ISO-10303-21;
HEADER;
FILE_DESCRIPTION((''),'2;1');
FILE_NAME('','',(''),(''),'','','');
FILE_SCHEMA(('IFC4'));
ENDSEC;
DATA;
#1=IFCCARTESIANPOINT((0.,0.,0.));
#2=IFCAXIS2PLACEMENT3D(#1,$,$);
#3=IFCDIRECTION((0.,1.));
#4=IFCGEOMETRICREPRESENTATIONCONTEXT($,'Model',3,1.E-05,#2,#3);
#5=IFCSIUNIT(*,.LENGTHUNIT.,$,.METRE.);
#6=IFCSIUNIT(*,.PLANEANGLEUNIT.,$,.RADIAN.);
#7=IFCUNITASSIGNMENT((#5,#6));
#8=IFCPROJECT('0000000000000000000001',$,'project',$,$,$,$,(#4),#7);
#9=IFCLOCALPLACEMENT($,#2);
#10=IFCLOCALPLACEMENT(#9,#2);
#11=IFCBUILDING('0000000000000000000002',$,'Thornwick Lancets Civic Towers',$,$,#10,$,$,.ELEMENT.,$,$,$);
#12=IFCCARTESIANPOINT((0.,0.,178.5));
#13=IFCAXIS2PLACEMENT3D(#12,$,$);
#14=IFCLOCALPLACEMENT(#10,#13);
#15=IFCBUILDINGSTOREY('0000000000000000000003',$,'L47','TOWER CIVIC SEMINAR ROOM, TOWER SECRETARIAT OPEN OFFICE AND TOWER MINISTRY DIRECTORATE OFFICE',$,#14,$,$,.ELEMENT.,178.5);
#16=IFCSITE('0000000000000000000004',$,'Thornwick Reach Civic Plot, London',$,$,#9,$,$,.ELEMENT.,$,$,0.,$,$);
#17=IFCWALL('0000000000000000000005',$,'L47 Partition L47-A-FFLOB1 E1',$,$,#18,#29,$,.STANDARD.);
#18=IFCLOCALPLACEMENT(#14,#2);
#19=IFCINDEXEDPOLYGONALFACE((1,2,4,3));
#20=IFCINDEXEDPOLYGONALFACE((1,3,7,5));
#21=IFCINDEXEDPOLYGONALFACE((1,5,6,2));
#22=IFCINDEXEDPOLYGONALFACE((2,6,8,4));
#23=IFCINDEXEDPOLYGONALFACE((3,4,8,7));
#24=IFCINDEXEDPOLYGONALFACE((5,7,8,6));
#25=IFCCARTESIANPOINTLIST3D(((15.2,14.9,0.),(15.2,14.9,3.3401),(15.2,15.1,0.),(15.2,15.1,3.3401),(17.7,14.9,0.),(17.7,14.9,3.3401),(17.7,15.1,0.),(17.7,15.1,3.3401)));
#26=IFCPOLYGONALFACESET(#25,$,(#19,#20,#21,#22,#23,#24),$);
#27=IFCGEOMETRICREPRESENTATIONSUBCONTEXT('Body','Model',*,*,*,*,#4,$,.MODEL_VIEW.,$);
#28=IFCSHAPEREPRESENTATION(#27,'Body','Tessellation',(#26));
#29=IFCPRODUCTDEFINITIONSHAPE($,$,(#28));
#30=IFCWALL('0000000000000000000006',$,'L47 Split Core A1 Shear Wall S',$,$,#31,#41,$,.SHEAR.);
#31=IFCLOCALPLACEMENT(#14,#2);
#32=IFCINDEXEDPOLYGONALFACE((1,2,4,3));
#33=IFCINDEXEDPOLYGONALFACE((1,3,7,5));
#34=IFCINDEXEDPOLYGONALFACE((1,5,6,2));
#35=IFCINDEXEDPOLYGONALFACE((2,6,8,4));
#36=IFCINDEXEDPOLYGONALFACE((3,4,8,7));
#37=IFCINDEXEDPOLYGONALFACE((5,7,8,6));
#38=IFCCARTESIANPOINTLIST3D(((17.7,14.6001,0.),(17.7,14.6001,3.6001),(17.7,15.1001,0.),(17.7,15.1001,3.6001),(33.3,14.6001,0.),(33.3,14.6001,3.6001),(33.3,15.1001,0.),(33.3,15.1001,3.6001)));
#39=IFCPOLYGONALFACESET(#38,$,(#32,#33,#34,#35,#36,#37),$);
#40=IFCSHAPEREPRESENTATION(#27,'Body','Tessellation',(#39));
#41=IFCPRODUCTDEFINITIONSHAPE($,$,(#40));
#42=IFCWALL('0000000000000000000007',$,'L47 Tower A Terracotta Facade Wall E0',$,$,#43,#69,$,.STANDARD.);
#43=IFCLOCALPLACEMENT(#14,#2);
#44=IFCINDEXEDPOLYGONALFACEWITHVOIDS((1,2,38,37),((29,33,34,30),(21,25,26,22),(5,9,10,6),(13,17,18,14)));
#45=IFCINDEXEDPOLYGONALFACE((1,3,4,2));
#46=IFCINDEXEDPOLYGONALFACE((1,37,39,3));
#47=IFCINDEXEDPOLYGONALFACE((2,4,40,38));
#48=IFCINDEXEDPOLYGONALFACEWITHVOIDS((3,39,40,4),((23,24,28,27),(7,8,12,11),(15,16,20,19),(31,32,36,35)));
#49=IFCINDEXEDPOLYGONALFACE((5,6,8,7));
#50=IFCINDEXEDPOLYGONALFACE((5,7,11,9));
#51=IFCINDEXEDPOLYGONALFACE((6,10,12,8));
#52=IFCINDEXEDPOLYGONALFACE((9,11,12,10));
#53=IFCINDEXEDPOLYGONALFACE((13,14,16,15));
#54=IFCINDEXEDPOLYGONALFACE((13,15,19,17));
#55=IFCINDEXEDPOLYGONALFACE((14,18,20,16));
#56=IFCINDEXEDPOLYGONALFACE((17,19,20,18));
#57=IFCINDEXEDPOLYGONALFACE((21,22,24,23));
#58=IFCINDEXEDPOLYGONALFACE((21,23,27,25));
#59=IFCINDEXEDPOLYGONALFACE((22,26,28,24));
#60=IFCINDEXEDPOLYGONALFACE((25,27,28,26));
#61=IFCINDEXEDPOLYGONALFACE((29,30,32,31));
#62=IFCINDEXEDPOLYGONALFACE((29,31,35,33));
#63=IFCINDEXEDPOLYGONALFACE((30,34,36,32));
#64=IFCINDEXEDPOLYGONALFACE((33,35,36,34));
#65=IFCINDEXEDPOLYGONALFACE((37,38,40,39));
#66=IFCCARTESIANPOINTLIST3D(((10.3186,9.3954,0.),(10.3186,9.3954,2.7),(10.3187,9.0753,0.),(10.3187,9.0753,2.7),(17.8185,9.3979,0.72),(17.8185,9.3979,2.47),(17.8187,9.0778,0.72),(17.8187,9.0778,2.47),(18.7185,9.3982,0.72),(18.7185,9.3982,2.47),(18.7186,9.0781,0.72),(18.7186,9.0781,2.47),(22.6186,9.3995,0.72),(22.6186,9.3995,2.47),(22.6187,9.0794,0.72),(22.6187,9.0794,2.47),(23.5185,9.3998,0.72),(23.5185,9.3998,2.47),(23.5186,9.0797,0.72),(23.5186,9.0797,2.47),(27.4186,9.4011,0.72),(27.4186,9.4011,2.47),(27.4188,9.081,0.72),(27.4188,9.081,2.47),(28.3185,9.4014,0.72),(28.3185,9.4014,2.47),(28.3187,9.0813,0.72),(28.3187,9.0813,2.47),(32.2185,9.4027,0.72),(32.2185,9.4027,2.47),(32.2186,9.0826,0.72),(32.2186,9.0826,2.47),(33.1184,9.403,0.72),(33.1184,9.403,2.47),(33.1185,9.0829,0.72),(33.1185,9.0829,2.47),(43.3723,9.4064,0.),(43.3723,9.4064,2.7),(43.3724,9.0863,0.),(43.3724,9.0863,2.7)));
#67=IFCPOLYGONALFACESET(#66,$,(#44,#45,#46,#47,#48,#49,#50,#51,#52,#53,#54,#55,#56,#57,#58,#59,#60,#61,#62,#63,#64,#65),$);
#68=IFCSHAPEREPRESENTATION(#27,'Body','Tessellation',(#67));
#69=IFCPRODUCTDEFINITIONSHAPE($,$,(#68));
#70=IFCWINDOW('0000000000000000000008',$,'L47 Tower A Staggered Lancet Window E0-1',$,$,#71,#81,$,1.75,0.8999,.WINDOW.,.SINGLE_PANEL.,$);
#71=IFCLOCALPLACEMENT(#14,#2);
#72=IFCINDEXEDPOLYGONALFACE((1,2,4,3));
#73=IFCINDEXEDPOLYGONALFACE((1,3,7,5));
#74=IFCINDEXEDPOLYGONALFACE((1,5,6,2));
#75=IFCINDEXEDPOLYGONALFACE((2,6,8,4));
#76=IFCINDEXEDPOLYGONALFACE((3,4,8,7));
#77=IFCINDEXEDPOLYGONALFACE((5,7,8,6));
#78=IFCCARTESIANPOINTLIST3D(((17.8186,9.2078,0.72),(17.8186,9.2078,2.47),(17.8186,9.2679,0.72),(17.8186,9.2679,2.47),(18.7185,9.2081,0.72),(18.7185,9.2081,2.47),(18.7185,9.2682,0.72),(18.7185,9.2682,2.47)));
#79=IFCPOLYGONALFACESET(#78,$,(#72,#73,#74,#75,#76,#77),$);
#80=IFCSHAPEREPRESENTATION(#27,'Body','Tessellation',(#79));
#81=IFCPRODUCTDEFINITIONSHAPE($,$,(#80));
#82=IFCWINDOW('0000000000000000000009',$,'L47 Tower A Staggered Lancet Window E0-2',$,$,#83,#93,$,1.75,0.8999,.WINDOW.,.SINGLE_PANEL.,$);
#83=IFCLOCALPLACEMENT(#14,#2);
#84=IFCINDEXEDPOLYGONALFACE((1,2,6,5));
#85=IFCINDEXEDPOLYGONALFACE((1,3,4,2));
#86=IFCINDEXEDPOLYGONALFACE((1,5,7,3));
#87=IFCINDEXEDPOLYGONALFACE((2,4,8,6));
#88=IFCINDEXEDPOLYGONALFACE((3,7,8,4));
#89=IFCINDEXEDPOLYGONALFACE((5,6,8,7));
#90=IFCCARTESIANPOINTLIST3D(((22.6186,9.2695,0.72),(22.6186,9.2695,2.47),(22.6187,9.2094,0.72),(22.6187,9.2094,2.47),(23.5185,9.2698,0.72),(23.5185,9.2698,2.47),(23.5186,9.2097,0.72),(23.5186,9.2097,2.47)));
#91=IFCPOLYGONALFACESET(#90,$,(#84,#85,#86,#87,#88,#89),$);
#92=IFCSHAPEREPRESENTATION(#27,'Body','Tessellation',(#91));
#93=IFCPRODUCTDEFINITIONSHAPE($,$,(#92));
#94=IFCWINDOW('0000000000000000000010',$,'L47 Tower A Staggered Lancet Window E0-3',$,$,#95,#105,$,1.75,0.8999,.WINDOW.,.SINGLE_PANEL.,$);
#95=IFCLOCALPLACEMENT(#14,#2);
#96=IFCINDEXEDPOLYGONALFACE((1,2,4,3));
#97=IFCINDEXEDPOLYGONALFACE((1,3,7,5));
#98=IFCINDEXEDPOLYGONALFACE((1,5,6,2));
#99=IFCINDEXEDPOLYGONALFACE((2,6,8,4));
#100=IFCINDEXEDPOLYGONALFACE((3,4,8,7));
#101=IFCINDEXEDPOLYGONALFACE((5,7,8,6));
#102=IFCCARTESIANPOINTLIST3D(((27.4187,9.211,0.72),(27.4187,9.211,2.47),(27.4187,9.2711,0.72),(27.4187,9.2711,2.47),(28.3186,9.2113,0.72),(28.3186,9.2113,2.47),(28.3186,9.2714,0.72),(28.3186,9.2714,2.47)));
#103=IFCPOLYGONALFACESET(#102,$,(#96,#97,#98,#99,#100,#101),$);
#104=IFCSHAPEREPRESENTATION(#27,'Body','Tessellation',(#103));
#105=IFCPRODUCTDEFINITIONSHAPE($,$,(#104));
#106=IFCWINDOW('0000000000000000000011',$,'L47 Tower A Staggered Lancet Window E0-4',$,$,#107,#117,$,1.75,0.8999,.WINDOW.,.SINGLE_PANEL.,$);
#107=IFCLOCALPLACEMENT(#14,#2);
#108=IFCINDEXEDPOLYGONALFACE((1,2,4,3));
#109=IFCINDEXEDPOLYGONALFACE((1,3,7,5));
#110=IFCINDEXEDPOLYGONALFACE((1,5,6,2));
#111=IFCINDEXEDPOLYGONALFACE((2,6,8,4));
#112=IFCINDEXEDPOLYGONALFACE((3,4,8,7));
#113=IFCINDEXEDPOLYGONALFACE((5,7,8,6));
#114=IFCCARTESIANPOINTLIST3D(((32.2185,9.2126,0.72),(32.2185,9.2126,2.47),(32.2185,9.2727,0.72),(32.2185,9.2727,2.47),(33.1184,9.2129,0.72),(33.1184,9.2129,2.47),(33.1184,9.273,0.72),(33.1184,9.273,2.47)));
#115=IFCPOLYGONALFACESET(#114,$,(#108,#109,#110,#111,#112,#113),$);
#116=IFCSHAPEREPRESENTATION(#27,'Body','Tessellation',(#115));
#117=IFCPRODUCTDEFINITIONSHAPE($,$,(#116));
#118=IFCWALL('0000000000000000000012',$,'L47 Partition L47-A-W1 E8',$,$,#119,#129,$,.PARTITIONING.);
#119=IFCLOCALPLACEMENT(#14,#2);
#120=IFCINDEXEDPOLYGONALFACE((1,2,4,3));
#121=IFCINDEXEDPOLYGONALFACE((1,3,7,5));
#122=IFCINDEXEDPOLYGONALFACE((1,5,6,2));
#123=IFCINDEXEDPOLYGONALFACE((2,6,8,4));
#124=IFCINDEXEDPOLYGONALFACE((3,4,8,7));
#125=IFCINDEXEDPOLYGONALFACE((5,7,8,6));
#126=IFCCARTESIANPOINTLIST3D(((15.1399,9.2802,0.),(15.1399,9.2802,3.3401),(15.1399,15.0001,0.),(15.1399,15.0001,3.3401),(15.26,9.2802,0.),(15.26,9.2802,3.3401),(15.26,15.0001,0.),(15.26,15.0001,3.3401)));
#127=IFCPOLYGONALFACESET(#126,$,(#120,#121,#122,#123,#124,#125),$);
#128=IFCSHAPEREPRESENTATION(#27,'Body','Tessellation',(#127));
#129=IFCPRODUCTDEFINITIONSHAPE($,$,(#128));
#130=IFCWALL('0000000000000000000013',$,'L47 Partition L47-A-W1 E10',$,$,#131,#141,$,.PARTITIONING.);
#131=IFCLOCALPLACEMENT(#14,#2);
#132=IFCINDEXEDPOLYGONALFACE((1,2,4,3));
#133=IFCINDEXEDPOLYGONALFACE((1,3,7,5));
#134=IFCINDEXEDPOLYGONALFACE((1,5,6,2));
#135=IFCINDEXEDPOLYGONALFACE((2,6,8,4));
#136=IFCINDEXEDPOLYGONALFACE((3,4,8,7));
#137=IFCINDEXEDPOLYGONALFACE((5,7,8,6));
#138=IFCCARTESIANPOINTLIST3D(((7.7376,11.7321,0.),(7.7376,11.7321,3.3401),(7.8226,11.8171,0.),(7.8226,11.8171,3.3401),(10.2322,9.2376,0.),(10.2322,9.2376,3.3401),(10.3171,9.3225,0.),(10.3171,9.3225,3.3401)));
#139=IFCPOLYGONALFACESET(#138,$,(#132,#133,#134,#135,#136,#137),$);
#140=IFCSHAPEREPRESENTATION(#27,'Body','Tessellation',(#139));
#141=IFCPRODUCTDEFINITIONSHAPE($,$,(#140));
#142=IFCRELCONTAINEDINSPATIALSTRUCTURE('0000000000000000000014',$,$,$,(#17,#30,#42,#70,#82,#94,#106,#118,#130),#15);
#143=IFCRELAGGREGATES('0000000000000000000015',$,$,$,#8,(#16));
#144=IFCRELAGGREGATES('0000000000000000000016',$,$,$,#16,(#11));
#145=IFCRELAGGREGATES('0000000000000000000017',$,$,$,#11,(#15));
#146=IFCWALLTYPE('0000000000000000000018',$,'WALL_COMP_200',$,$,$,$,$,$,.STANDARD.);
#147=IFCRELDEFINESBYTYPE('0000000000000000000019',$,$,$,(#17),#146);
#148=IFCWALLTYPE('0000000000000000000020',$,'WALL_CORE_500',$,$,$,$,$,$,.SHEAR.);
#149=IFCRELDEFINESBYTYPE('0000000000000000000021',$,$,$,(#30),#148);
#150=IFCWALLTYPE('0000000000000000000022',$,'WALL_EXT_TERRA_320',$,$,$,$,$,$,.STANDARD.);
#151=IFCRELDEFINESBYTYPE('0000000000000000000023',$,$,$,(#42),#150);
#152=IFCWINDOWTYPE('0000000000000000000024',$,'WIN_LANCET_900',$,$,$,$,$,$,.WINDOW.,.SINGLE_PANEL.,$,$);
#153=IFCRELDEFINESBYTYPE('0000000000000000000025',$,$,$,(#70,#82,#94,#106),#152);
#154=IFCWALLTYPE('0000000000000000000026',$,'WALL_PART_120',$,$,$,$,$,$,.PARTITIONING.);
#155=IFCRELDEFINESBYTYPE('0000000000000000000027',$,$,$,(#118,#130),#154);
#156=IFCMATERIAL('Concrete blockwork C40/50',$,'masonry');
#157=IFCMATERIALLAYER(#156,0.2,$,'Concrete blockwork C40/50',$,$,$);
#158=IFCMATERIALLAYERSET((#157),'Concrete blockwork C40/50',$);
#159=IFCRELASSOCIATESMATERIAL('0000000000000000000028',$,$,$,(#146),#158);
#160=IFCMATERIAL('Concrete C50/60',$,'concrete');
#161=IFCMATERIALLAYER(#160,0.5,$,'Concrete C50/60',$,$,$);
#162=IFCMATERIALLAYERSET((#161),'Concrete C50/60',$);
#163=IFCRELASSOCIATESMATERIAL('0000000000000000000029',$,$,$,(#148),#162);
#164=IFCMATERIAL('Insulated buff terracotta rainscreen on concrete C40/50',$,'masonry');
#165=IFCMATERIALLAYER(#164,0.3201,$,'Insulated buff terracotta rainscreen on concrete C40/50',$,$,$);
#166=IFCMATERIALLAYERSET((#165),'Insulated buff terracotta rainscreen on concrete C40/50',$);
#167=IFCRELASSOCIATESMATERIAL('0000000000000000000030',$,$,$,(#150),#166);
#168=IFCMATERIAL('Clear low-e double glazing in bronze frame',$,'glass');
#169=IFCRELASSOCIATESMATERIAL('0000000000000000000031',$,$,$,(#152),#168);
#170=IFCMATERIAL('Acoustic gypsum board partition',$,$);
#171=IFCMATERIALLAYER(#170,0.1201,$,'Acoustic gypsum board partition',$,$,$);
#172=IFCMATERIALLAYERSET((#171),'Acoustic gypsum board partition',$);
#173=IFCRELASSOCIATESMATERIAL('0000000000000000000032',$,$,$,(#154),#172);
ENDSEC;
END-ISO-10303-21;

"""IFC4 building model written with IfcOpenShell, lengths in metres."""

from ifc_helpers import new_model, si_unit, direction, frame, frame_2d, origin, place, context, subcontext, project, spatial, rectangle, extrude, material, layer, layer_set, type_object, element, fill, save


model = new_model("IFC4")

# Units and contexts
model_context = context("Model", 3, precision=1e-05, world=origin(), true_north=direction((0.0, 1.0)))
body_context = subcontext(model_context, "Body", "Model", "MODEL_VIEW")
ifc_project = project(units=[si_unit("LENGTHUNIT", "METRE"), si_unit("PLANEANGLEUNIT", "RADIAN")], contexts=[model_context])

# Site, building, storey
site_placement = place(None, origin())
site = spatial("IfcSite", under=ifc_project, at=site_placement, Name="Thornwick Reach Civic Plot, London", CompositionType="ELEMENT", RefElevation=0.0)
building_placement = place(site_placement, origin())
building = spatial("IfcBuilding", under=site, at=building_placement, Name="Thornwick Lancets Civic Towers", CompositionType="ELEMENT")
storey_placement = place(building_placement, frame((0.0, 0.0, 178.5)))
storey = spatial("IfcBuildingStorey", under=building, at=storey_placement, Name="L47", Description="TOWER CIVIC SEMINAR ROOM, TOWER SECRETARIAT OPEN OFFICE AND TOWER MINISTRY DIRECTORATE OFFICE", CompositionType="ELEMENT", Elevation=178.5)

# Shared definitions
ifc_material_1 = material(Name="Concrete C50/60", Category="concrete")

# Walls
ifc_material_2 = material(Name="Concrete blockwork C40/50", Category="masonry")
ifc_layer_1 = layer(ifc_material_2, 0.2, Name="Concrete blockwork C40/50")
ifc_layer_set_1 = layer_set([ifc_layer_1], Name="Concrete blockwork C40/50")
wall_type_1 = type_object("IfcWallType", Name="WALL_COMP_200", PredefinedType="STANDARD", material=ifc_layer_set_1)
wall_1_placement = place(storey_placement, frame((15.2, 15.0, 0.0), z_axis=(0.0, 0.0, 1.0), x_axis=(1.0, 0.0, 0.0)))
element("IfcWall", 1, at=wall_1_placement, inside=storey, type_object=wall_type_1, Name="L47 Partition L47-A-FFLOB1 E1", PredefinedType="STANDARD", context=body_context, shape_type="SweptSolid", body=[
    extrude(rectangle(XDim=2.5, YDim=0.2, at=frame_2d((1.25, 0.0))), origin(), (0.0, 0.0, 1.0), 3.3401),
])
ifc_layer_2 = layer(ifc_material_1, 0.5, Name="Concrete C50/60")
ifc_layer_set_2 = layer_set([ifc_layer_2], Name="Concrete C50/60")
wall_type_2 = type_object("IfcWallType", Name="WALL_CORE_500", PredefinedType="SHEAR", material=ifc_layer_set_2)
wall_2_placement = place(storey_placement, frame((17.7, 14.8501, 0.0), z_axis=(0.0, 0.0, 1.0), x_axis=(1.0, 0.0, 0.0)))
element("IfcWall", 2, at=wall_2_placement, inside=storey, type_object=wall_type_2, Name="L47 Split Core A1 Shear Wall S", PredefinedType="SHEAR", context=body_context, shape_type="SweptSolid", body=[
    extrude(rectangle(XDim=15.6001, YDim=0.5, at=frame_2d((7.8, 0.0))), origin(), (0.0, 0.0, 1.0), 3.6001),
])

# Wall, openings, windows
ifc_material_3 = material(Name="Insulated buff terracotta rainscreen on concrete C40/50", Category="masonry")
ifc_layer_3 = layer(ifc_material_3, 0.3201, Name="Insulated buff terracotta rainscreen on concrete C40/50")
ifc_layer_set_3 = layer_set([ifc_layer_3], Name="Insulated buff terracotta rainscreen on concrete C40/50")
wall_type_3 = type_object("IfcWallType", Name="WALL_EXT_TERRA_320", PredefinedType="STANDARD", material=ifc_layer_set_3)
wall_3_placement = place(storey_placement, frame((10.3186, 9.2354, 0.0), z_axis=(0.0, 0.0, 1.0), x_axis=(1.0, 0.000332, 0.0)))
wall_3 = element("IfcWall", 3, at=wall_3_placement, inside=storey, type_object=wall_type_3, Name="L47 Tower A Terracotta Facade Wall E0", PredefinedType="STANDARD", context=body_context, shape_type="SweptSolid", body=[
    extrude(rectangle(XDim=33.0537, YDim=0.3201, at=frame_2d((16.5269, 0.0))), origin(), (0.0, 0.0, 1.0), 2.7),
])
opening_1_placement = place(wall_3_placement, frame((7.5, 0.0, 0.72)))
opening_1 = element("IfcOpeningElement", 4, at=opening_1_placement, cuts=wall_3, PredefinedType="OPENING", context=body_context, shape_type="SweptSolid", body=[
    extrude(rectangle(XDim=0.8999, YDim=1.75, at=frame_2d((0.45, 0.875))), frame((0.0, 0.1699, 0.0), z_axis=(0.0, -1.0, 0.0), x_axis=(1.0, 0.0, 0.0)), (0.0, 0.0, 1.0), 0.3401),
])
opening_2_placement = place(wall_3_placement, frame((12.3, 0.0, 0.72)))
opening_2 = element("IfcOpeningElement", 5, at=opening_2_placement, cuts=wall_3, PredefinedType="OPENING", context=body_context, shape_type="SweptSolid", body=[
    extrude(rectangle(XDim=0.8999, YDim=1.75, at=frame_2d((0.45, 0.875))), frame((0.0, 0.1699, 0.0), z_axis=(0.0, -1.0, 0.0), x_axis=(1.0, 0.0, 0.0)), (0.0, 0.0, 1.0), 0.3401),
])
opening_3_placement = place(wall_3_placement, frame((17.1001, 0.0, 0.72)))
opening_3 = element("IfcOpeningElement", 6, at=opening_3_placement, cuts=wall_3, PredefinedType="OPENING", context=body_context, shape_type="SweptSolid", body=[
    extrude(rectangle(XDim=0.8999, YDim=1.75, at=frame_2d((0.45, 0.875))), frame((0.0, 0.1699, 0.0), z_axis=(0.0, -1.0, 0.0), x_axis=(1.0, 0.0, 0.0)), (0.0, 0.0, 1.0), 0.3401),
])
opening_4_placement = place(wall_3_placement, frame((21.8999, 0.0, 0.72)))
opening_4 = element("IfcOpeningElement", 7, at=opening_4_placement, cuts=wall_3, PredefinedType="OPENING", context=body_context, shape_type="SweptSolid", body=[
    extrude(rectangle(XDim=0.8999, YDim=1.75, at=frame_2d((0.45, 0.875))), frame((0.0, 0.1699, 0.0), z_axis=(0.0, -1.0, 0.0), x_axis=(1.0, 0.0, 0.0)), (0.0, 0.0, 1.0), 0.3401),
])
ifc_material_4 = material(Name="Clear low-e double glazing in bronze frame", Category="glass")
window_type = type_object("IfcWindowType", Name="WIN_LANCET_900", PartitioningType="SINGLE_PANEL", PredefinedType="WINDOW", material=ifc_material_4)
window_1_placement = place(opening_1_placement, origin())
window_1 = element("IfcWindow", 8, at=window_1_placement, inside=storey, type_object=window_type, Name="L47 Tower A Staggered Lancet Window E0-1", OverallHeight=1.75, OverallWidth=0.8999, PartitioningType="SINGLE_PANEL", PredefinedType="WINDOW", context=body_context, shape_type="SweptSolid", body=[
    extrude(rectangle(XDim=0.8999, YDim=1.75, at=frame_2d((0.45, 0.875))), frame((0.0, 0.03, 0.0), z_axis=(0.0, -1.0, 0.0), x_axis=(1.0, 0.0, 0.0)), (0.0, 0.0, 1.0), 0.0601),
])
fill(opening_1, window_1)
window_2_placement = place(opening_2_placement, origin())
window_2 = element("IfcWindow", 9, at=window_2_placement, inside=storey, type_object=window_type, Name="L47 Tower A Staggered Lancet Window E0-2", OverallHeight=1.75, OverallWidth=0.8999, PartitioningType="SINGLE_PANEL", PredefinedType="WINDOW", context=body_context, shape_type="SweptSolid", body=[
    extrude(rectangle(XDim=0.8999, YDim=1.75, at=frame_2d((0.45, 0.875))), frame((0.0, 0.03, 0.0), z_axis=(0.0, -1.0, 0.0), x_axis=(1.0, 0.0, 0.0)), (0.0, 0.0, 1.0), 0.0601),
])
fill(opening_2, window_2)
window_3_placement = place(opening_3_placement, origin())
window_3 = element("IfcWindow", 10, at=window_3_placement, inside=storey, type_object=window_type, Name="L47 Tower A Staggered Lancet Window E0-3", OverallHeight=1.75, OverallWidth=0.8999, PartitioningType="SINGLE_PANEL", PredefinedType="WINDOW", context=body_context, shape_type="SweptSolid", body=[
    extrude(rectangle(XDim=0.8999, YDim=1.75, at=frame_2d((0.45, 0.875))), frame((0.0, 0.03, 0.0), z_axis=(0.0, -1.0, 0.0), x_axis=(1.0, 0.0, 0.0)), (0.0, 0.0, 1.0), 0.0601),
])
fill(opening_3, window_3)
window_4_placement = place(opening_4_placement, origin())
window_4 = element("IfcWindow", 11, at=window_4_placement, inside=storey, type_object=window_type, Name="L47 Tower A Staggered Lancet Window E0-4", OverallHeight=1.75, OverallWidth=0.8999, PartitioningType="SINGLE_PANEL", PredefinedType="WINDOW", context=body_context, shape_type="SweptSolid", body=[
    extrude(rectangle(XDim=0.8999, YDim=1.75, at=frame_2d((0.45, 0.875))), frame((0.0, 0.03, 0.0), z_axis=(0.0, -1.0, 0.0), x_axis=(1.0, 0.0, 0.0)), (0.0, 0.0, 1.0), 0.0601),
])
fill(opening_4, window_4)

# Walls
ifc_material_5 = material(Name="Acoustic gypsum board partition")
ifc_layer_4 = layer(ifc_material_5, 0.1201, Name="Acoustic gypsum board partition")
ifc_layer_set_4 = layer_set([ifc_layer_4], Name="Acoustic gypsum board partition")
wall_type_4 = type_object("IfcWallType", Name="WALL_PART_120", PredefinedType="PARTITIONING", material=ifc_layer_set_4)
wall_4_placement = place(storey_placement, frame((15.2, 15.0, 0.0), z_axis=(0.0, 0.0, 1.0), x_axis=(0.0, -1.0, 0.0)))
element("IfcWall", 12, at=wall_4_placement, inside=storey, type_object=wall_type_4, Name="L47 Partition L47-A-W1 E8", PredefinedType="PARTITIONING", context=body_context, shape_type="SweptSolid", body=[
    extrude(rectangle(XDim=5.72, YDim=0.1201, at=frame_2d((2.8599, 0.0))), origin(), (0.0, 0.0, 1.0), 3.3401),
])
wall_5_placement = place(storey_placement, frame((10.2747, 9.28, 0.0), z_axis=(0.0, 0.0, 1.0), x_axis=(-0.707107, 0.707107, 0.0)))
element("IfcWall", 13, at=wall_5_placement, inside=storey, type_object=wall_type_4, Name="L47 Partition L47-A-W1 E10", PredefinedType="PARTITIONING", context=body_context, shape_type="SweptSolid", body=[
    extrude(rectangle(XDim=3.5278, YDim=0.1201, at=frame_2d((1.7639, 0.0))), origin(), (0.0, 0.0, 1.0), 3.3401),
])

save(model, "model.ifc")
